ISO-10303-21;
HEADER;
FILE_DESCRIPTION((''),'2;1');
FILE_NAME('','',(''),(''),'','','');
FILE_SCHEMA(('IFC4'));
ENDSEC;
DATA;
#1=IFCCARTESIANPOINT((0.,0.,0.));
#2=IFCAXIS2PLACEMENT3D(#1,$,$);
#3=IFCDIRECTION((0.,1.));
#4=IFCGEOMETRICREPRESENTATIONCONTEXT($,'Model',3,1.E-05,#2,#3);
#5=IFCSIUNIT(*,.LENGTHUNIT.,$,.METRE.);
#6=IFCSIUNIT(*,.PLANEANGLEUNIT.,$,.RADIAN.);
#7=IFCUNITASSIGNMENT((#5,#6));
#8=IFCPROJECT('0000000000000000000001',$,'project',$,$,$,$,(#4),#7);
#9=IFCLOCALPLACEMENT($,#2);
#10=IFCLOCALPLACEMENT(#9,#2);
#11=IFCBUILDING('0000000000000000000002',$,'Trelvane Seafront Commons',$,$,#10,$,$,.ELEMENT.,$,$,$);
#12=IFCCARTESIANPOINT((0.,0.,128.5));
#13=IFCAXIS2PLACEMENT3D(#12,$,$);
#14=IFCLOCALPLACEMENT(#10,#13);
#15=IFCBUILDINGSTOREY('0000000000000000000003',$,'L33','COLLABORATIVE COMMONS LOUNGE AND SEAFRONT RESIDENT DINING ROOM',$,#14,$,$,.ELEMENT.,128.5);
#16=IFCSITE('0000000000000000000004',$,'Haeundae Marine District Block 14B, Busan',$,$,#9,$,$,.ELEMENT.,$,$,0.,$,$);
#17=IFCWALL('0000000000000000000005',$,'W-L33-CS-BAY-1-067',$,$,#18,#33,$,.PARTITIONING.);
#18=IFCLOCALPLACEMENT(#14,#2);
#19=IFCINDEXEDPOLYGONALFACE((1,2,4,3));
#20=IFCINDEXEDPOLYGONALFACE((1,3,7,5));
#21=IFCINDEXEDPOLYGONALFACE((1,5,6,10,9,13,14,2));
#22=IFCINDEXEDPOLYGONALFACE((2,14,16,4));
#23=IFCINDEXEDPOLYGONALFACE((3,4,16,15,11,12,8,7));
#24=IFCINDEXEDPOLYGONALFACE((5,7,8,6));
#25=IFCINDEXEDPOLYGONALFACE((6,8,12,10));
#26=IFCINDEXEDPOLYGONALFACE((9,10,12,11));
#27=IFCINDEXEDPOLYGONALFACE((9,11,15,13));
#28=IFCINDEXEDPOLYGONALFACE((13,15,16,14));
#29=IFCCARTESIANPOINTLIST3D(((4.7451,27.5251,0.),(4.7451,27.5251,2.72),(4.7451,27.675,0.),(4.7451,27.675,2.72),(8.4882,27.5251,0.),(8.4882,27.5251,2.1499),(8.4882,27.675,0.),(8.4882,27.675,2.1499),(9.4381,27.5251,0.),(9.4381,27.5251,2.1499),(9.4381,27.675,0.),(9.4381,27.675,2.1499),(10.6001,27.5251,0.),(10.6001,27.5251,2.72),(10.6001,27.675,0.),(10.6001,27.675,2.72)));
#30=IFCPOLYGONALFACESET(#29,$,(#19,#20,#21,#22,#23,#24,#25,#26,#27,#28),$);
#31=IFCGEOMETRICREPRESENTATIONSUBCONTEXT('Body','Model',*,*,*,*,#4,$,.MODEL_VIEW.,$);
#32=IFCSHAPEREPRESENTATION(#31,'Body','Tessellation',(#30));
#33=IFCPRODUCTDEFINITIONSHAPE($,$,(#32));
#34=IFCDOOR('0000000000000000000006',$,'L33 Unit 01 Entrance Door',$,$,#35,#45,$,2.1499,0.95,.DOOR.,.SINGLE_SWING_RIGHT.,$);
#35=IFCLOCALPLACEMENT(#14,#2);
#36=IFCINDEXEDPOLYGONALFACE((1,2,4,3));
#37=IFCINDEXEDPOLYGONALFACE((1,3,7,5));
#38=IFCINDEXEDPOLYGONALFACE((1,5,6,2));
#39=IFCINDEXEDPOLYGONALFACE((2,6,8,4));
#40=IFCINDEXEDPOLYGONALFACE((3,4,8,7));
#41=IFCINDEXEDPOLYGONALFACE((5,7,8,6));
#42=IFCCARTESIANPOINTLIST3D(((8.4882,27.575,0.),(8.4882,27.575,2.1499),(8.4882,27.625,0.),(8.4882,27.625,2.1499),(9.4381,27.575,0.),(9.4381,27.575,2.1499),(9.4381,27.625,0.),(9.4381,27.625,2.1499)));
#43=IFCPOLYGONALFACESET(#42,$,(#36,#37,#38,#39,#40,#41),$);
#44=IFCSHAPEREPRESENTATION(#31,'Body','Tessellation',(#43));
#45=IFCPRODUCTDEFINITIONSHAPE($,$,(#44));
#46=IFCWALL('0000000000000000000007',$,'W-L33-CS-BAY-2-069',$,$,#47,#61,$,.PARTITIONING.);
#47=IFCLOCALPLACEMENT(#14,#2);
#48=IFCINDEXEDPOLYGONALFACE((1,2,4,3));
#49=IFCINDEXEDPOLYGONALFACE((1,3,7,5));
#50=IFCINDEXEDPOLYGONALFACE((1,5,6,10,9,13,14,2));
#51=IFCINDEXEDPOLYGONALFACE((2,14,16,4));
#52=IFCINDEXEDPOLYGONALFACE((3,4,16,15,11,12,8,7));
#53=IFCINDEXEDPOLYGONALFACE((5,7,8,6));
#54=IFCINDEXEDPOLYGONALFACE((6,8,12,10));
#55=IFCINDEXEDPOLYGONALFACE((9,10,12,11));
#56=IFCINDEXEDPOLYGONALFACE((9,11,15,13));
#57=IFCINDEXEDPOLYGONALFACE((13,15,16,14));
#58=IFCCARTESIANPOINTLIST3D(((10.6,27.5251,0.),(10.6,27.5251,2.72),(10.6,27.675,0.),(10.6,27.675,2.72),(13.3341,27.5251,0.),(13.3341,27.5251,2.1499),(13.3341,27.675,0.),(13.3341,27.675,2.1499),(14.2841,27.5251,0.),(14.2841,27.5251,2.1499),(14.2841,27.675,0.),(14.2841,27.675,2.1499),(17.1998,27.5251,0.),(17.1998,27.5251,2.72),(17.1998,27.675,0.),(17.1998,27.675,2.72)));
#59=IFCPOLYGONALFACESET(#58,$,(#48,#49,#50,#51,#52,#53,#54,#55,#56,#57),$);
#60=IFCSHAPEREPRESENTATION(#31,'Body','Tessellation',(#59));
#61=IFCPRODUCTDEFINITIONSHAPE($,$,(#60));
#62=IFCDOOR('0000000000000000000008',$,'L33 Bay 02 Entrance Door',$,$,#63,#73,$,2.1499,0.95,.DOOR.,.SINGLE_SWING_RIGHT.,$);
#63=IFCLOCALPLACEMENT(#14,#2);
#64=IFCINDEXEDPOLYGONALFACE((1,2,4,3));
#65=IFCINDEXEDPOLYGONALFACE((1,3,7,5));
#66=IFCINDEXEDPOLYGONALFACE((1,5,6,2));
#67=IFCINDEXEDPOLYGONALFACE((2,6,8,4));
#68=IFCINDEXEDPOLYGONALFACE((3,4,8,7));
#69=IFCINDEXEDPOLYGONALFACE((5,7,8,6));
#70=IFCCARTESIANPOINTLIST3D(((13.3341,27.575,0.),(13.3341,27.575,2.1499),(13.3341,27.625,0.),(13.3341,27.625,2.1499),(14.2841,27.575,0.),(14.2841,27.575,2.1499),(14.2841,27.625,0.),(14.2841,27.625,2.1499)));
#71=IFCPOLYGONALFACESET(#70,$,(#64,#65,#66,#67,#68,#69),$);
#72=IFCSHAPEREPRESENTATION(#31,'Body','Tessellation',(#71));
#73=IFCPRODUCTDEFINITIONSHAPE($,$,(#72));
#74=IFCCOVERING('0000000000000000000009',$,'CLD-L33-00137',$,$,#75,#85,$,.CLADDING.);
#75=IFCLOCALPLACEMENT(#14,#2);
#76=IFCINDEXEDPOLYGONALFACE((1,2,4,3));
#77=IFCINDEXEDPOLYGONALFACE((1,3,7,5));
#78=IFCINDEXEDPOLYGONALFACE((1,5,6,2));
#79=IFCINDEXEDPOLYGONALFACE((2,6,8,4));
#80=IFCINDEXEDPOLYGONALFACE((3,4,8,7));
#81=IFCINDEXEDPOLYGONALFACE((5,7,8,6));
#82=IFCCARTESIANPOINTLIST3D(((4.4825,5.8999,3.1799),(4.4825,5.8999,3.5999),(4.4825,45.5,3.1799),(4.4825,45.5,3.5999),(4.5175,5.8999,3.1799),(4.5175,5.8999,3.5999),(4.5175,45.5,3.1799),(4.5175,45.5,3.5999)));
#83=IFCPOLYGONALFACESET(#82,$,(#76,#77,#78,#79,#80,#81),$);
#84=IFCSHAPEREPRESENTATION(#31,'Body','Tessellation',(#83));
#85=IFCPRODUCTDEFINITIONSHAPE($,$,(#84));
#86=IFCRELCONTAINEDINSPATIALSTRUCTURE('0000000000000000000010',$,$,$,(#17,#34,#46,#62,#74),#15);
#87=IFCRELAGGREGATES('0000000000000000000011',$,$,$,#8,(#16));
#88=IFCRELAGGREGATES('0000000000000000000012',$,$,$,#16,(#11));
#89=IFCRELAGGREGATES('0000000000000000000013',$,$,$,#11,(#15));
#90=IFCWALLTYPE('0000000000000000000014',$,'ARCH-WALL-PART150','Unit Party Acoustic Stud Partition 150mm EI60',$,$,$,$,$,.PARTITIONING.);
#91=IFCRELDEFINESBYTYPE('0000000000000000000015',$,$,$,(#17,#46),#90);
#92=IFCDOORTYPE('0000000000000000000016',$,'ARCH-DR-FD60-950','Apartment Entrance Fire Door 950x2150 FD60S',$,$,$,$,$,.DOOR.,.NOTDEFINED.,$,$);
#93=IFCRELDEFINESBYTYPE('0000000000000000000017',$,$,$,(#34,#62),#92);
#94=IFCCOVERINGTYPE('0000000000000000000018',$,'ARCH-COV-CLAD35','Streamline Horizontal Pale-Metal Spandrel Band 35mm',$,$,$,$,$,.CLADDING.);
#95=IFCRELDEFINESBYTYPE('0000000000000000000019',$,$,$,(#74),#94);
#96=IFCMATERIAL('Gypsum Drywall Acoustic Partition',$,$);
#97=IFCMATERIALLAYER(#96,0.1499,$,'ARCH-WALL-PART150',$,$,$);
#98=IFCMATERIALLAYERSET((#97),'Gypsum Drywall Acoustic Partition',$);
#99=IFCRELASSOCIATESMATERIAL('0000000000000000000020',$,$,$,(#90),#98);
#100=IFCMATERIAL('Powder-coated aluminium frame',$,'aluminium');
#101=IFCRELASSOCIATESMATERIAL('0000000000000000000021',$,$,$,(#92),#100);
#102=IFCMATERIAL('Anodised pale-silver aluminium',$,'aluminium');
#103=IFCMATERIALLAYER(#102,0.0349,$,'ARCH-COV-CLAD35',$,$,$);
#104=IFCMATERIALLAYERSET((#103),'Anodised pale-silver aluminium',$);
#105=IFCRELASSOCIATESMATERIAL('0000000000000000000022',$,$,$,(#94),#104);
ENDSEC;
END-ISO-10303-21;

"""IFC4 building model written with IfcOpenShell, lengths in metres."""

from ifc_helpers import new_model, si_unit, direction, frame, frame_2d, origin, origin_2d, place, context, subcontext, project, spatial, rectangle, extrude, source, transform, mapped, material, layer, layer_set, type_object, element, fill, save


model = new_model("IFC4")

# Units and contexts
model_context = context("Model", 3, precision=1e-05, world=origin(), true_north=direction((0.0, 1.0)))
body_context = subcontext(model_context, "Body", "Model", "MODEL_VIEW")
ifc_project = project(units=[si_unit("LENGTHUNIT", "METRE"), si_unit("PLANEANGLEUNIT", "RADIAN")], contexts=[model_context])

# Site, building, storey
site_placement = place(None, origin())
site = spatial("IfcSite", under=ifc_project, at=site_placement, Name="Haeundae Marine District Block 14B, Busan", CompositionType="ELEMENT", RefElevation=0.0)
building_placement = place(site_placement, origin())
building = spatial("IfcBuilding", under=site, at=building_placement, Name="Trelvane Seafront Commons", CompositionType="ELEMENT")
storey_placement = place(building_placement, frame((0.0, 0.0, 128.5)))
storey = spatial("IfcBuildingStorey", under=building, at=storey_placement, Name="L33", Description="COLLABORATIVE COMMONS LOUNGE AND SEAFRONT RESIDENT DINING ROOM", CompositionType="ELEMENT", Elevation=128.5)

# Shared definitions
ifc_material_1 = material(Name="Gypsum Drywall Acoustic Partition")
shared_shape_1 = source(origin(), body_context, "Body", "SweptSolid", [
    extrude(rectangle(XDim=0.95, YDim=2.1499, at=frame_2d((0.4751, 1.075))), frame((0.0, 0.0249, 0.0), z_axis=(0.0, -1.0, 0.0), x_axis=(1.0, 0.0, 0.0)), (0.0, 0.0, 1.0), 0.05),
])

# Walls, openings, doors
ifc_layer_1 = layer(ifc_material_1, 0.1499, Name="ARCH-WALL-PART150")
ifc_layer_set_1 = layer_set([ifc_layer_1], Name="Gypsum Drywall Acoustic Partition")
wall_type_1 = type_object("IfcWallType", Name="ARCH-WALL-PART150", Description="Unit Party Acoustic Stud Partition 150mm EI60", PredefinedType="PARTITIONING", material=ifc_layer_set_1)
ifc_material_2 = material(Name="Powder-coated aluminium frame", Category="aluminium")
door_type_1 = type_object("IfcDoorType", Name="ARCH-DR-FD60-950", Description="Apartment Entrance Fire Door 950x2150 FD60S", OperationType="NOTDEFINED", PredefinedType="DOOR", material=ifc_material_2)
wall_1_placement = place(storey_placement, frame((4.7451, 27.6001, 0.0), z_axis=(0.0, 0.0, 1.0), x_axis=(1.0, 0.0, 0.0)))
wall_1 = element("IfcWall", 1, at=wall_1_placement, inside=storey, type_object=wall_type_1, Name="W-L33-CS-BAY-1-067", PredefinedType="PARTITIONING", context=body_context, shape_type="SweptSolid", body=[
    extrude(rectangle(XDim=5.855, YDim=0.1499, at=frame_2d((2.9275, 0.0))), origin(), (0.0, 0.0, 1.0), 2.72),
])
opening_1_placement = place(wall_1_placement, frame((3.7429, 0.0, 0.0)))
opening_1 = element("IfcOpeningElement", 2, at=opening_1_placement, cuts=wall_1, PredefinedType="OPENING", context=body_context, shape_type="SweptSolid", body=[
    extrude(rectangle(XDim=0.95, YDim=2.1499, at=frame_2d((0.4751, 1.075))), frame((0.0, 0.085, 0.0), z_axis=(0.0, -1.0, 0.0), x_axis=(1.0, 0.0, 0.0)), (0.0, 0.0, 1.0), 0.1699),
])
door_1_placement = place(opening_1_placement, origin())
door_1 = element("IfcDoor", 3, at=door_1_placement, inside=storey, type_object=door_type_1, Name="L33 Unit 01 Entrance Door", OperationType="SINGLE_SWING_RIGHT", OverallHeight=2.1499, OverallWidth=0.95, PredefinedType="DOOR", context=body_context, shape_type="MappedRepresentation", body=[
    mapped(shared_shape_1, transform((0.0, 0.0, 0.0), x_axis=(1.0, 0.0, 0.0), y_axis=(0.0, 1.0, 0.0), z_axis=(0.0, 0.0, 1.0), scale=1.0)),
])
fill(opening_1, door_1)
wall_2_placement = place(storey_placement, frame((10.6001, 27.6001, 0.0), z_axis=(0.0, 0.0, 1.0), x_axis=(1.0, 0.0, 0.0)))
wall_2 = element("IfcWall", 4, at=wall_2_placement, inside=storey, type_object=wall_type_1, Name="W-L33-CS-BAY-2-069", PredefinedType="PARTITIONING", context=body_context, shape_type="SweptSolid", body=[
    extrude(rectangle(XDim=6.5999, YDim=0.1499, at=frame_2d((3.2998, 0.0))), origin(), (0.0, 0.0, 1.0), 2.72),
])
opening_2_placement = place(wall_2_placement, frame((2.7339, 0.0, 0.0)))
opening_2 = element("IfcOpeningElement", 5, at=opening_2_placement, cuts=wall_2, PredefinedType="OPENING", context=body_context, shape_type="SweptSolid", body=[
    extrude(rectangle(XDim=0.95, YDim=2.1499, at=frame_2d((0.4751, 1.075))), frame((0.0, 0.085, 0.0), z_axis=(0.0, -1.0, 0.0), x_axis=(1.0, 0.0, 0.0)), (0.0, 0.0, 1.0), 0.1699),
])
door_2_placement = place(opening_2_placement, origin())
door_2 = element("IfcDoor", 6, at=door_2_placement, inside=storey, type_object=door_type_1, Name="L33 Bay 02 Entrance Door", OperationType="SINGLE_SWING_RIGHT", OverallHeight=2.1499, OverallWidth=0.95, PredefinedType="DOOR", context=body_context, shape_type="MappedRepresentation", body=[
    mapped(shared_shape_1, transform((0.0, 0.0, 0.0), x_axis=(1.0, 0.0, 0.0), y_axis=(0.0, 1.0, 0.0), z_axis=(0.0, 0.0, 1.0), scale=1.0)),
])
fill(opening_2, door_2)

# Covering
ifc_material_3 = material(Name="Anodised pale-silver aluminium", Category="aluminium")
ifc_layer_2 = layer(ifc_material_3, 0.0349, Name="ARCH-COV-CLAD35")
ifc_layer_set_2 = layer_set([ifc_layer_2], Name="Anodised pale-silver aluminium")
covering_type = type_object("IfcCoveringType", Name="ARCH-COV-CLAD35", Description="Streamline Horizontal Pale-Metal Spandrel Band 35mm", PredefinedType="CLADDING", material=ifc_layer_set_2)
shared_shape_2 = source(origin(), body_context, "Body", "SweptSolid", [
    extrude(rectangle(XDim=39.6001, YDim=0.0349, at=origin_2d()), origin(), (0.0, 0.0, 1.0), 0.4199),
])
covering_placement = place(storey_placement, frame((4.5, 25.7, 3.1799), z_axis=(0.0, 0.0, 1.0), x_axis=(0.0, 1.0, 0.0)))
element("IfcCovering", 7, at=covering_placement, inside=storey, type_object=covering_type, Name="CLD-L33-00137", PredefinedType="CLADDING", context=body_context, shape_type="MappedRepresentation", body=[
    mapped(shared_shape_2, transform((0.0, 0.0, 0.0), x_axis=(1.0, 0.0, 0.0), y_axis=(0.0, 1.0, 0.0), z_axis=(0.0, 0.0, 1.0), scale=1.0)),
])

save(model, "model.ifc")
